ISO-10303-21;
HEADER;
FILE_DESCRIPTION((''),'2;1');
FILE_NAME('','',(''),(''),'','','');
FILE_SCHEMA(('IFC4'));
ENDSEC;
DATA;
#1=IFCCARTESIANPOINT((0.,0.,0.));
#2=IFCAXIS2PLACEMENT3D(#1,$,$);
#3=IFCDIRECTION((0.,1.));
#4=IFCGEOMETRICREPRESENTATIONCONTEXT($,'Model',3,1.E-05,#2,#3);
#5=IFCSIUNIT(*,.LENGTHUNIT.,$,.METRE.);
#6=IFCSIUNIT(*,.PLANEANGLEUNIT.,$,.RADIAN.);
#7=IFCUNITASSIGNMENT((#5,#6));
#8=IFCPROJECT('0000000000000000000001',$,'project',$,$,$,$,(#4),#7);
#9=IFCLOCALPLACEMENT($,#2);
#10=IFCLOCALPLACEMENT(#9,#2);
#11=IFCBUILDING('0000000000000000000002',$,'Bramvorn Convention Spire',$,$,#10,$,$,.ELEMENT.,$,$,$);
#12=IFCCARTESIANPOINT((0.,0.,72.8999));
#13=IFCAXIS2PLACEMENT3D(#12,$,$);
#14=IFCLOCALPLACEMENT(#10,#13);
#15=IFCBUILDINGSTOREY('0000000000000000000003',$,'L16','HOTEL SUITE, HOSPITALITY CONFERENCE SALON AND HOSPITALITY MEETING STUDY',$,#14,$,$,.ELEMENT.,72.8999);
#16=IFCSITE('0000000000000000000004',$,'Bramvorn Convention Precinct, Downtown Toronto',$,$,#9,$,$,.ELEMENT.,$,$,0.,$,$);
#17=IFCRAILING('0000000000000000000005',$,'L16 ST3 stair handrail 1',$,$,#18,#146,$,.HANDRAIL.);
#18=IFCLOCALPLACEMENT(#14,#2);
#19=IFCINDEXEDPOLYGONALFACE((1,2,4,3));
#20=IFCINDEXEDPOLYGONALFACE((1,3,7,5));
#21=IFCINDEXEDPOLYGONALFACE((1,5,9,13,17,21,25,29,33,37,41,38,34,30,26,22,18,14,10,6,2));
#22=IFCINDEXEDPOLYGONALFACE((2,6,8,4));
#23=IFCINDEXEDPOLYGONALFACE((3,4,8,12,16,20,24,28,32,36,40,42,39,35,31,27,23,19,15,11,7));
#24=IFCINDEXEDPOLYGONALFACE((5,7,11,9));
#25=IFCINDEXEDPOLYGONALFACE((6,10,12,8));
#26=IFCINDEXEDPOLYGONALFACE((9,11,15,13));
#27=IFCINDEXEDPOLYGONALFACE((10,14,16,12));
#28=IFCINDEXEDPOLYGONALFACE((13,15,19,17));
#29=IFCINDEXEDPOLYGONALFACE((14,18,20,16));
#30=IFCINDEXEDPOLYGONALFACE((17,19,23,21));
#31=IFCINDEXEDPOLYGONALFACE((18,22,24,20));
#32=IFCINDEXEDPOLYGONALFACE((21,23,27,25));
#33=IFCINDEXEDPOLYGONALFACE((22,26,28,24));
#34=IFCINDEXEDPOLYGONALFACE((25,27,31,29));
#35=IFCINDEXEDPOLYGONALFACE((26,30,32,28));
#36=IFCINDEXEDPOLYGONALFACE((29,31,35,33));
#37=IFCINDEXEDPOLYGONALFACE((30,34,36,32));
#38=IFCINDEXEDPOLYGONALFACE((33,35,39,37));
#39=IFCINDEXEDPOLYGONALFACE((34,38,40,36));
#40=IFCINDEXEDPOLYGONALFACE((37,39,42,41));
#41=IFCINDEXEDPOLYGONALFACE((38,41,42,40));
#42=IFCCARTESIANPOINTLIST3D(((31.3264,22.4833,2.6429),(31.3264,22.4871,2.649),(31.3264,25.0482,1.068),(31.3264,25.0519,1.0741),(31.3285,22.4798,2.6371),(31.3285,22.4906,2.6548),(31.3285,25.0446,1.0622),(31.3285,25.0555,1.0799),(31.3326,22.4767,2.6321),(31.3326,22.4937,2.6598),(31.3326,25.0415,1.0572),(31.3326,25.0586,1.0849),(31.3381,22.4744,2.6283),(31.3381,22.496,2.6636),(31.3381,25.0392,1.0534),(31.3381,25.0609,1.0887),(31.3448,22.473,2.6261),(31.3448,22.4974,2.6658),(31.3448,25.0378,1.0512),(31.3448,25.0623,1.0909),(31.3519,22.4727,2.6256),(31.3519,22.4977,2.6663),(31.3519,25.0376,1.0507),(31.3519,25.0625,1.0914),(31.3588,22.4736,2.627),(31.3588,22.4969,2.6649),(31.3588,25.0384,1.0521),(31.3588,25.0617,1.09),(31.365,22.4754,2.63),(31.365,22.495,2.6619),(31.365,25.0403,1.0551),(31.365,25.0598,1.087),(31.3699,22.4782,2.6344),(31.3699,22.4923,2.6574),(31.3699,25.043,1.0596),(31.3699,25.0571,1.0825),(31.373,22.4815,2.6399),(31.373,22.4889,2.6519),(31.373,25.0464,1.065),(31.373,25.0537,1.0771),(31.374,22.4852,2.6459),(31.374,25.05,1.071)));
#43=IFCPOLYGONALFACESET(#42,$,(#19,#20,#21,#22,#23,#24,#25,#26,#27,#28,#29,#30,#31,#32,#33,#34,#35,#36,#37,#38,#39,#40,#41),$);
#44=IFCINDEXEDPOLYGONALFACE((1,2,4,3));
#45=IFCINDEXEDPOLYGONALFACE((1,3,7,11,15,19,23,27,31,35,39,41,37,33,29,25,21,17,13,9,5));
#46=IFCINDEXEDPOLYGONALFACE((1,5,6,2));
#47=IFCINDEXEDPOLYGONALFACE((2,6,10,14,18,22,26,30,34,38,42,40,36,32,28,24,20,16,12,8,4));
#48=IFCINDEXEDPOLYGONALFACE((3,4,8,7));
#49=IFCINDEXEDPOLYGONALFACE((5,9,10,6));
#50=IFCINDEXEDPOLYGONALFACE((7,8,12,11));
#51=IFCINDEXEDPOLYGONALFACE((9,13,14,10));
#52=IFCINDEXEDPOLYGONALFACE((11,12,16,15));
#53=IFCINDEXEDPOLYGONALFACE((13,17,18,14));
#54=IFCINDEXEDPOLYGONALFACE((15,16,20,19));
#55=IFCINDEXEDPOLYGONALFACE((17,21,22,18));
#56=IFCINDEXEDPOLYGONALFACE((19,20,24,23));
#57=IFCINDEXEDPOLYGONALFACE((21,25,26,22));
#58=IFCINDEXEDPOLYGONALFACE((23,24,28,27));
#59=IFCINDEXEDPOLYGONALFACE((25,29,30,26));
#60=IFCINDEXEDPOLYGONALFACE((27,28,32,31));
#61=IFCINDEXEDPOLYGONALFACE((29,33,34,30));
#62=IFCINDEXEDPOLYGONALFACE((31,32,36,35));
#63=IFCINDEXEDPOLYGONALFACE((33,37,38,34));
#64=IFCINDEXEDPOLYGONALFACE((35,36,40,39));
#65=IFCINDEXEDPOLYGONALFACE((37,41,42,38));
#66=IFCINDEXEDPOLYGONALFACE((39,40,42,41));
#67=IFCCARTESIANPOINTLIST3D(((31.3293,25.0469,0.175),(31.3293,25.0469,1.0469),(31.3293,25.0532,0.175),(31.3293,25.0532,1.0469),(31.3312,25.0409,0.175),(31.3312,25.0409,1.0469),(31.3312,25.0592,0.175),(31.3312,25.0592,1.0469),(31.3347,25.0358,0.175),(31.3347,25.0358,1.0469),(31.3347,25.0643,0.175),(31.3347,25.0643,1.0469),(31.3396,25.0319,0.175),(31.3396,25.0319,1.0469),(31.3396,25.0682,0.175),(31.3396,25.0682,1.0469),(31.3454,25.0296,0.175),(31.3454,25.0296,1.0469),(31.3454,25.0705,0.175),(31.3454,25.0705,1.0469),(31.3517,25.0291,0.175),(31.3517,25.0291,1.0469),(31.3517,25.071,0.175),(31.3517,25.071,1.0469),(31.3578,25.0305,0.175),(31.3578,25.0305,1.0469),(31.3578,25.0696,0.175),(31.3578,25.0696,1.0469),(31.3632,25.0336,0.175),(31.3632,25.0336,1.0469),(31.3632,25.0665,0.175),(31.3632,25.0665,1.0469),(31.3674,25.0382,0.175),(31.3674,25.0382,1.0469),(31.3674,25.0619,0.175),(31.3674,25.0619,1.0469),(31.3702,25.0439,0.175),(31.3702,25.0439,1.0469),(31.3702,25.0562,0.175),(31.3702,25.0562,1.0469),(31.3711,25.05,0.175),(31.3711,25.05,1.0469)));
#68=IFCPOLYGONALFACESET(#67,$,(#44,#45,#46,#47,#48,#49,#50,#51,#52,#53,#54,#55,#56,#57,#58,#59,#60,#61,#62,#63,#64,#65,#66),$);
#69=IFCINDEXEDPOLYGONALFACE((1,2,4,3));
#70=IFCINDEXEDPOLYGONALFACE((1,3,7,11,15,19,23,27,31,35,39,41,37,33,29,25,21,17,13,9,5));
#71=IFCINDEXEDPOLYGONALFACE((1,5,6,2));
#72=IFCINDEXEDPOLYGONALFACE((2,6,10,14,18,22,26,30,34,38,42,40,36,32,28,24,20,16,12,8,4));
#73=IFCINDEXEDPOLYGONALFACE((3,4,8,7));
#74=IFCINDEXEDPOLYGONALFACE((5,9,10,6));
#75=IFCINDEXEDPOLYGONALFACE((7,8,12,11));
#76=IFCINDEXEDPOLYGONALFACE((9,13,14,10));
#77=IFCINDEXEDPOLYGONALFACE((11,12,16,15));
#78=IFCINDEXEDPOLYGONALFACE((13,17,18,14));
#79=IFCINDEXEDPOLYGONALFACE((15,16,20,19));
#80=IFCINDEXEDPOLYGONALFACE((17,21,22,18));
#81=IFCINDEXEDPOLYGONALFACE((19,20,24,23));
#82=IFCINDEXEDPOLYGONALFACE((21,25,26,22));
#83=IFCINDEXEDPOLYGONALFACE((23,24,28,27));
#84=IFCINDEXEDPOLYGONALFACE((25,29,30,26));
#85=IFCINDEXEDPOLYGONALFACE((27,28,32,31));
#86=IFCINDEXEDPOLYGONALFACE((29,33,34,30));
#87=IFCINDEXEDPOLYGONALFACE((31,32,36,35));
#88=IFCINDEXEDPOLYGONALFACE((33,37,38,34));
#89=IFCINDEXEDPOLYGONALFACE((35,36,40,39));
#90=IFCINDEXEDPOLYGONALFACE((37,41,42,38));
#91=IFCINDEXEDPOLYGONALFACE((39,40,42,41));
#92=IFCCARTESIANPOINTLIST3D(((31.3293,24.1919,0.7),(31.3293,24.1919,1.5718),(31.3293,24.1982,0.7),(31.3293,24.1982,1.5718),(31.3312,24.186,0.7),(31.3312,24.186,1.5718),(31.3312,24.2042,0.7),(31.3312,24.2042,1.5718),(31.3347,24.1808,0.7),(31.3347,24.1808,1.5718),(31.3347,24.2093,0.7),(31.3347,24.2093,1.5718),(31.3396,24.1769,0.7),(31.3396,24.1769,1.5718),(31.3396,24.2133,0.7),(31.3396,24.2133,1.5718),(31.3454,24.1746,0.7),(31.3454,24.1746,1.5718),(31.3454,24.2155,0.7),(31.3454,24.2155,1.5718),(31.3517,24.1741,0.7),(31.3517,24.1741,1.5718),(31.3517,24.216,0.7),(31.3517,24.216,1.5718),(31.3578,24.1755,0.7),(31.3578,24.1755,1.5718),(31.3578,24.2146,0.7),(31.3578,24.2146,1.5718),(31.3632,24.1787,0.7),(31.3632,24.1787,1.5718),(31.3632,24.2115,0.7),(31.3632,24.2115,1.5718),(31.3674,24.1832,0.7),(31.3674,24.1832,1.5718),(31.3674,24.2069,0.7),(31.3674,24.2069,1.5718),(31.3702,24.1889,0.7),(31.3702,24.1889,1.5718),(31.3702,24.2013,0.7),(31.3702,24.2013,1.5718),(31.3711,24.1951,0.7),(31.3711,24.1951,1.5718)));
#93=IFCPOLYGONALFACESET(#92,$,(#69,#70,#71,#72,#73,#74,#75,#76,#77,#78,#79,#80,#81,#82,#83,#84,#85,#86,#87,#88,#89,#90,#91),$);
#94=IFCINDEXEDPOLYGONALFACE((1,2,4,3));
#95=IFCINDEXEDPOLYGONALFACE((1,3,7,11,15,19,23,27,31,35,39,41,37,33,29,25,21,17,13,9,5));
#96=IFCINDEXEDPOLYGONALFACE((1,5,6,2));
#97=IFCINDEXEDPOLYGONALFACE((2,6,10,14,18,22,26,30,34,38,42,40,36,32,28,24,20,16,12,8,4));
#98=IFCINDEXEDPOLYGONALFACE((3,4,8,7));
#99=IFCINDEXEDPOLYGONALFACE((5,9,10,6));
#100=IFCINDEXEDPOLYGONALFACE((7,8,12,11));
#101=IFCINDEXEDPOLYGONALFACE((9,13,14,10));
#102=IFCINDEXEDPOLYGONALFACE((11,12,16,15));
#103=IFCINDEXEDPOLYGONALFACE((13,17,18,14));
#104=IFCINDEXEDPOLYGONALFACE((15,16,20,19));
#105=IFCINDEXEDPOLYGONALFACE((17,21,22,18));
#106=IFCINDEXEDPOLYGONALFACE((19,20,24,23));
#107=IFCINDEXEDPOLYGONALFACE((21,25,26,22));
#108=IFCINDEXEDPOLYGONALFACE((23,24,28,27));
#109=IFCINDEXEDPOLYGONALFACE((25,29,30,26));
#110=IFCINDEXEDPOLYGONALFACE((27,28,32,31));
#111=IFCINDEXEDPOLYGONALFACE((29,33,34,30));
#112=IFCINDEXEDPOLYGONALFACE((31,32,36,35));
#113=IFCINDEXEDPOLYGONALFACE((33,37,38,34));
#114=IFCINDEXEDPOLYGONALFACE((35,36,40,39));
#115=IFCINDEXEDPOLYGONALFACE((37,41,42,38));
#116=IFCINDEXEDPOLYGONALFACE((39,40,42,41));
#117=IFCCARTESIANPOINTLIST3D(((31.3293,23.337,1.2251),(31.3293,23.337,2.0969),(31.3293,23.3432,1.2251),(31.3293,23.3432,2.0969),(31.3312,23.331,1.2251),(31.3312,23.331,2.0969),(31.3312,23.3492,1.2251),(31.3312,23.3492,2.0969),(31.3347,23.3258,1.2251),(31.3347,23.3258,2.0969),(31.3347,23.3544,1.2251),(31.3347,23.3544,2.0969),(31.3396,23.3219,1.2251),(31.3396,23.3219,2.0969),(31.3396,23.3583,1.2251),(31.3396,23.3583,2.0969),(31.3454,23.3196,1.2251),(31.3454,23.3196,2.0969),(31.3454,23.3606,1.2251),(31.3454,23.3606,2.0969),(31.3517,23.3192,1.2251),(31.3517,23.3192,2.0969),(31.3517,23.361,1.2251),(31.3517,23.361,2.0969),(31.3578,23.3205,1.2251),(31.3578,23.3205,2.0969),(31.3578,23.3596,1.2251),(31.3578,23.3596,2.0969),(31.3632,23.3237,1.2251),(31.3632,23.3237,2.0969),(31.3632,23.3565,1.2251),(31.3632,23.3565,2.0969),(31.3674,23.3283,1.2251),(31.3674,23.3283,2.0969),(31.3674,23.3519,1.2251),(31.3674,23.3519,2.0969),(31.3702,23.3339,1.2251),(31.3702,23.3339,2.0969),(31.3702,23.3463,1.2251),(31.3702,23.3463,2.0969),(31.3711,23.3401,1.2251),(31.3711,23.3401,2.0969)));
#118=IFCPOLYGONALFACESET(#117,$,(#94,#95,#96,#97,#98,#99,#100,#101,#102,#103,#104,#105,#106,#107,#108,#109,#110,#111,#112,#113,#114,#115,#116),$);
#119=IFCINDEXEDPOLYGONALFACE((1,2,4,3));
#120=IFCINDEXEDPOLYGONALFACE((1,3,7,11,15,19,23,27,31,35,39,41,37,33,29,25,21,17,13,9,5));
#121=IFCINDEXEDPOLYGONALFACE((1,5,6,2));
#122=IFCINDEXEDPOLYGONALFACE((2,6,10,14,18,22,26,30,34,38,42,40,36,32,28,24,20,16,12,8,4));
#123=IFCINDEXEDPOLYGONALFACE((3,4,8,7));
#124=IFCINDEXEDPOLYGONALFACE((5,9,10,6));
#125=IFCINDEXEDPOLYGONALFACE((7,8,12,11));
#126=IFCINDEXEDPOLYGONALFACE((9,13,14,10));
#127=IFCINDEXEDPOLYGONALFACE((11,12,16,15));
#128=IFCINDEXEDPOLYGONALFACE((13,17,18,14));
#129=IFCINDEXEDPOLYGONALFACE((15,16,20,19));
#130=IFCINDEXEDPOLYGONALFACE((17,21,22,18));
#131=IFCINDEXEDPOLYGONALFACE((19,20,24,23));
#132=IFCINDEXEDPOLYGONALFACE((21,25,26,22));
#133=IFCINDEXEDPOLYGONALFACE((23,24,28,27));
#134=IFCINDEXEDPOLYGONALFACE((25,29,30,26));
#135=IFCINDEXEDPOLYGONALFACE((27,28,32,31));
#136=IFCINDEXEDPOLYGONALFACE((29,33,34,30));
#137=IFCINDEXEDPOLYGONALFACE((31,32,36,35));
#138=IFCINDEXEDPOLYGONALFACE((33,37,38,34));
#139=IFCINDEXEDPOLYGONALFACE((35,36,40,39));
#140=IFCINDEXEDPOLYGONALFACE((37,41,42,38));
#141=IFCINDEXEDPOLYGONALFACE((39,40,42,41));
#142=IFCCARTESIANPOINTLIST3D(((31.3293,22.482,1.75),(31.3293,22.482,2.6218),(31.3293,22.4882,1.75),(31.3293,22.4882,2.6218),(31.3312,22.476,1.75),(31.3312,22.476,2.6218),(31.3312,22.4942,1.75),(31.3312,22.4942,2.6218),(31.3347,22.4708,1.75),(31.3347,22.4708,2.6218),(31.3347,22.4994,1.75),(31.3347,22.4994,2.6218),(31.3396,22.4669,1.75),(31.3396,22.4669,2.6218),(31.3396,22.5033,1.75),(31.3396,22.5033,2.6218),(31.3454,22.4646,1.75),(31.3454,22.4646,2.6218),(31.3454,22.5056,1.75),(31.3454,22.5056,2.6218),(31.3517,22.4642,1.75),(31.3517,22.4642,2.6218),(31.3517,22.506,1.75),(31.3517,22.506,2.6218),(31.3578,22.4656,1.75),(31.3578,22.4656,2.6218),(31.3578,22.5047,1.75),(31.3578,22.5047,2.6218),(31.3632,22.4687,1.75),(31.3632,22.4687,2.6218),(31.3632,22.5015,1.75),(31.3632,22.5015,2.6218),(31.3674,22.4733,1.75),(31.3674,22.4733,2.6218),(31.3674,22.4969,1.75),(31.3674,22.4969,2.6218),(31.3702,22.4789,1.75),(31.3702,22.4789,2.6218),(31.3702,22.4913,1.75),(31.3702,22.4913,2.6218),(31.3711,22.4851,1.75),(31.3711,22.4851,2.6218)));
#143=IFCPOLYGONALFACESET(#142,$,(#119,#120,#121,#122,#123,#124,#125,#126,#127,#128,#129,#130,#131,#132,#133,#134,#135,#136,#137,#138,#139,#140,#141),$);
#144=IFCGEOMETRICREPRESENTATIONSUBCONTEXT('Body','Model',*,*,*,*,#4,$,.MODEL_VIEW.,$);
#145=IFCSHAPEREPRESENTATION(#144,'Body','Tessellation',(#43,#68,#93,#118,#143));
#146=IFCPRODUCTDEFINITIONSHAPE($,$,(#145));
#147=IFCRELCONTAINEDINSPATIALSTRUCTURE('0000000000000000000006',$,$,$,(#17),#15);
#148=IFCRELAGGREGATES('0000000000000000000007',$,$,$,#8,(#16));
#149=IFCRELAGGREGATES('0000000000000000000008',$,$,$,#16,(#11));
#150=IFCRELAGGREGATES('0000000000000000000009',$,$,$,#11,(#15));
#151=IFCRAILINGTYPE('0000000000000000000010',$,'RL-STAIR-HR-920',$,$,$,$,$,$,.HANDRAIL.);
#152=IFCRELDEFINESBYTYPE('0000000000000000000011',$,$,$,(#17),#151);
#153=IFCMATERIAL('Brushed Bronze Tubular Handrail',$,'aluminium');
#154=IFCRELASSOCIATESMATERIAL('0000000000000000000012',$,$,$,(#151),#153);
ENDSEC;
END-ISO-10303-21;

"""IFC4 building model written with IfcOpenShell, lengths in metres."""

from ifc_helpers import new_model, si_unit, direction, frame, origin, origin_2d, place, context, subcontext, project, spatial, circle, extrude, material, type_object, element, save


model = new_model("IFC4")

# Units and contexts
model_context = context("Model", 3, precision=1e-05, world=origin(), true_north=direction((0.0, 1.0)))
body_context = subcontext(model_context, "Body", "Model", "MODEL_VIEW")
ifc_project = project(units=[si_unit("LENGTHUNIT", "METRE"), si_unit("PLANEANGLEUNIT", "RADIAN")], contexts=[model_context])

# Site, building, storey
site_placement = place(None, origin())
site = spatial("IfcSite", under=ifc_project, at=site_placement, Name="Bramvorn Convention Precinct, Downtown Toronto", CompositionType="ELEMENT", RefElevation=0.0)
building_placement = place(site_placement, origin())
building = spatial("IfcBuilding", under=site, at=building_placement, Name="Bramvorn Convention Spire", CompositionType="ELEMENT")
storey_placement = place(building_placement, frame((0.0, 0.0, 72.8999)))
storey = spatial("IfcBuildingStorey", under=building, at=storey_placement, Name="L16", Description="HOTEL SUITE, HOSPITALITY CONFERENCE SALON AND HOSPITALITY MEETING STUDY", CompositionType="ELEMENT", Elevation=72.8999)

# Railing
ifc_material_1 = material(Name="Brushed Bronze Tubular Handrail", Category="aluminium")
railing_type_1 = type_object("IfcRailingType", Name="RL-STAIR-HR-920", PredefinedType="HANDRAIL", material=ifc_material_1)
railing_1_placement = place(storey_placement, frame((31.3501, 25.05, 0.175)))
element("IfcRailing", 1, at=railing_1_placement, inside=storey, type_object=railing_type_1, Name="L16 ST3 stair handrail 1", PredefinedType="HANDRAIL", context=body_context, shape_type="SweptSolid", body=[
    extrude(circle(Radius=0.0239, at=origin_2d()), frame((0.0, 0.0, 0.896), z_axis=(0.0, -0.852173, 0.52326), x_axis=(1.0, 0.0, 0.0)), (0.0, 0.0, 1.0), 3.0098),
    extrude(circle(Radius=0.021, at=origin_2d()), origin(), (0.0, 0.0, 1.0), 0.8718),
    extrude(circle(Radius=0.021, at=origin_2d()), frame((0.0, -0.855, 0.5249)), (0.0, 0.0, 1.0), 0.8718),
    extrude(circle(Radius=0.021, at=origin_2d()), frame((0.0, -1.71, 1.05)), (0.0, 0.0, 1.0), 0.8718),
    extrude(circle(Radius=0.021, at=origin_2d()), frame((0.0, -2.5649, 1.575)), (0.0, 0.0, 1.0), 0.8718),
])

save(model, "model.ifc")
